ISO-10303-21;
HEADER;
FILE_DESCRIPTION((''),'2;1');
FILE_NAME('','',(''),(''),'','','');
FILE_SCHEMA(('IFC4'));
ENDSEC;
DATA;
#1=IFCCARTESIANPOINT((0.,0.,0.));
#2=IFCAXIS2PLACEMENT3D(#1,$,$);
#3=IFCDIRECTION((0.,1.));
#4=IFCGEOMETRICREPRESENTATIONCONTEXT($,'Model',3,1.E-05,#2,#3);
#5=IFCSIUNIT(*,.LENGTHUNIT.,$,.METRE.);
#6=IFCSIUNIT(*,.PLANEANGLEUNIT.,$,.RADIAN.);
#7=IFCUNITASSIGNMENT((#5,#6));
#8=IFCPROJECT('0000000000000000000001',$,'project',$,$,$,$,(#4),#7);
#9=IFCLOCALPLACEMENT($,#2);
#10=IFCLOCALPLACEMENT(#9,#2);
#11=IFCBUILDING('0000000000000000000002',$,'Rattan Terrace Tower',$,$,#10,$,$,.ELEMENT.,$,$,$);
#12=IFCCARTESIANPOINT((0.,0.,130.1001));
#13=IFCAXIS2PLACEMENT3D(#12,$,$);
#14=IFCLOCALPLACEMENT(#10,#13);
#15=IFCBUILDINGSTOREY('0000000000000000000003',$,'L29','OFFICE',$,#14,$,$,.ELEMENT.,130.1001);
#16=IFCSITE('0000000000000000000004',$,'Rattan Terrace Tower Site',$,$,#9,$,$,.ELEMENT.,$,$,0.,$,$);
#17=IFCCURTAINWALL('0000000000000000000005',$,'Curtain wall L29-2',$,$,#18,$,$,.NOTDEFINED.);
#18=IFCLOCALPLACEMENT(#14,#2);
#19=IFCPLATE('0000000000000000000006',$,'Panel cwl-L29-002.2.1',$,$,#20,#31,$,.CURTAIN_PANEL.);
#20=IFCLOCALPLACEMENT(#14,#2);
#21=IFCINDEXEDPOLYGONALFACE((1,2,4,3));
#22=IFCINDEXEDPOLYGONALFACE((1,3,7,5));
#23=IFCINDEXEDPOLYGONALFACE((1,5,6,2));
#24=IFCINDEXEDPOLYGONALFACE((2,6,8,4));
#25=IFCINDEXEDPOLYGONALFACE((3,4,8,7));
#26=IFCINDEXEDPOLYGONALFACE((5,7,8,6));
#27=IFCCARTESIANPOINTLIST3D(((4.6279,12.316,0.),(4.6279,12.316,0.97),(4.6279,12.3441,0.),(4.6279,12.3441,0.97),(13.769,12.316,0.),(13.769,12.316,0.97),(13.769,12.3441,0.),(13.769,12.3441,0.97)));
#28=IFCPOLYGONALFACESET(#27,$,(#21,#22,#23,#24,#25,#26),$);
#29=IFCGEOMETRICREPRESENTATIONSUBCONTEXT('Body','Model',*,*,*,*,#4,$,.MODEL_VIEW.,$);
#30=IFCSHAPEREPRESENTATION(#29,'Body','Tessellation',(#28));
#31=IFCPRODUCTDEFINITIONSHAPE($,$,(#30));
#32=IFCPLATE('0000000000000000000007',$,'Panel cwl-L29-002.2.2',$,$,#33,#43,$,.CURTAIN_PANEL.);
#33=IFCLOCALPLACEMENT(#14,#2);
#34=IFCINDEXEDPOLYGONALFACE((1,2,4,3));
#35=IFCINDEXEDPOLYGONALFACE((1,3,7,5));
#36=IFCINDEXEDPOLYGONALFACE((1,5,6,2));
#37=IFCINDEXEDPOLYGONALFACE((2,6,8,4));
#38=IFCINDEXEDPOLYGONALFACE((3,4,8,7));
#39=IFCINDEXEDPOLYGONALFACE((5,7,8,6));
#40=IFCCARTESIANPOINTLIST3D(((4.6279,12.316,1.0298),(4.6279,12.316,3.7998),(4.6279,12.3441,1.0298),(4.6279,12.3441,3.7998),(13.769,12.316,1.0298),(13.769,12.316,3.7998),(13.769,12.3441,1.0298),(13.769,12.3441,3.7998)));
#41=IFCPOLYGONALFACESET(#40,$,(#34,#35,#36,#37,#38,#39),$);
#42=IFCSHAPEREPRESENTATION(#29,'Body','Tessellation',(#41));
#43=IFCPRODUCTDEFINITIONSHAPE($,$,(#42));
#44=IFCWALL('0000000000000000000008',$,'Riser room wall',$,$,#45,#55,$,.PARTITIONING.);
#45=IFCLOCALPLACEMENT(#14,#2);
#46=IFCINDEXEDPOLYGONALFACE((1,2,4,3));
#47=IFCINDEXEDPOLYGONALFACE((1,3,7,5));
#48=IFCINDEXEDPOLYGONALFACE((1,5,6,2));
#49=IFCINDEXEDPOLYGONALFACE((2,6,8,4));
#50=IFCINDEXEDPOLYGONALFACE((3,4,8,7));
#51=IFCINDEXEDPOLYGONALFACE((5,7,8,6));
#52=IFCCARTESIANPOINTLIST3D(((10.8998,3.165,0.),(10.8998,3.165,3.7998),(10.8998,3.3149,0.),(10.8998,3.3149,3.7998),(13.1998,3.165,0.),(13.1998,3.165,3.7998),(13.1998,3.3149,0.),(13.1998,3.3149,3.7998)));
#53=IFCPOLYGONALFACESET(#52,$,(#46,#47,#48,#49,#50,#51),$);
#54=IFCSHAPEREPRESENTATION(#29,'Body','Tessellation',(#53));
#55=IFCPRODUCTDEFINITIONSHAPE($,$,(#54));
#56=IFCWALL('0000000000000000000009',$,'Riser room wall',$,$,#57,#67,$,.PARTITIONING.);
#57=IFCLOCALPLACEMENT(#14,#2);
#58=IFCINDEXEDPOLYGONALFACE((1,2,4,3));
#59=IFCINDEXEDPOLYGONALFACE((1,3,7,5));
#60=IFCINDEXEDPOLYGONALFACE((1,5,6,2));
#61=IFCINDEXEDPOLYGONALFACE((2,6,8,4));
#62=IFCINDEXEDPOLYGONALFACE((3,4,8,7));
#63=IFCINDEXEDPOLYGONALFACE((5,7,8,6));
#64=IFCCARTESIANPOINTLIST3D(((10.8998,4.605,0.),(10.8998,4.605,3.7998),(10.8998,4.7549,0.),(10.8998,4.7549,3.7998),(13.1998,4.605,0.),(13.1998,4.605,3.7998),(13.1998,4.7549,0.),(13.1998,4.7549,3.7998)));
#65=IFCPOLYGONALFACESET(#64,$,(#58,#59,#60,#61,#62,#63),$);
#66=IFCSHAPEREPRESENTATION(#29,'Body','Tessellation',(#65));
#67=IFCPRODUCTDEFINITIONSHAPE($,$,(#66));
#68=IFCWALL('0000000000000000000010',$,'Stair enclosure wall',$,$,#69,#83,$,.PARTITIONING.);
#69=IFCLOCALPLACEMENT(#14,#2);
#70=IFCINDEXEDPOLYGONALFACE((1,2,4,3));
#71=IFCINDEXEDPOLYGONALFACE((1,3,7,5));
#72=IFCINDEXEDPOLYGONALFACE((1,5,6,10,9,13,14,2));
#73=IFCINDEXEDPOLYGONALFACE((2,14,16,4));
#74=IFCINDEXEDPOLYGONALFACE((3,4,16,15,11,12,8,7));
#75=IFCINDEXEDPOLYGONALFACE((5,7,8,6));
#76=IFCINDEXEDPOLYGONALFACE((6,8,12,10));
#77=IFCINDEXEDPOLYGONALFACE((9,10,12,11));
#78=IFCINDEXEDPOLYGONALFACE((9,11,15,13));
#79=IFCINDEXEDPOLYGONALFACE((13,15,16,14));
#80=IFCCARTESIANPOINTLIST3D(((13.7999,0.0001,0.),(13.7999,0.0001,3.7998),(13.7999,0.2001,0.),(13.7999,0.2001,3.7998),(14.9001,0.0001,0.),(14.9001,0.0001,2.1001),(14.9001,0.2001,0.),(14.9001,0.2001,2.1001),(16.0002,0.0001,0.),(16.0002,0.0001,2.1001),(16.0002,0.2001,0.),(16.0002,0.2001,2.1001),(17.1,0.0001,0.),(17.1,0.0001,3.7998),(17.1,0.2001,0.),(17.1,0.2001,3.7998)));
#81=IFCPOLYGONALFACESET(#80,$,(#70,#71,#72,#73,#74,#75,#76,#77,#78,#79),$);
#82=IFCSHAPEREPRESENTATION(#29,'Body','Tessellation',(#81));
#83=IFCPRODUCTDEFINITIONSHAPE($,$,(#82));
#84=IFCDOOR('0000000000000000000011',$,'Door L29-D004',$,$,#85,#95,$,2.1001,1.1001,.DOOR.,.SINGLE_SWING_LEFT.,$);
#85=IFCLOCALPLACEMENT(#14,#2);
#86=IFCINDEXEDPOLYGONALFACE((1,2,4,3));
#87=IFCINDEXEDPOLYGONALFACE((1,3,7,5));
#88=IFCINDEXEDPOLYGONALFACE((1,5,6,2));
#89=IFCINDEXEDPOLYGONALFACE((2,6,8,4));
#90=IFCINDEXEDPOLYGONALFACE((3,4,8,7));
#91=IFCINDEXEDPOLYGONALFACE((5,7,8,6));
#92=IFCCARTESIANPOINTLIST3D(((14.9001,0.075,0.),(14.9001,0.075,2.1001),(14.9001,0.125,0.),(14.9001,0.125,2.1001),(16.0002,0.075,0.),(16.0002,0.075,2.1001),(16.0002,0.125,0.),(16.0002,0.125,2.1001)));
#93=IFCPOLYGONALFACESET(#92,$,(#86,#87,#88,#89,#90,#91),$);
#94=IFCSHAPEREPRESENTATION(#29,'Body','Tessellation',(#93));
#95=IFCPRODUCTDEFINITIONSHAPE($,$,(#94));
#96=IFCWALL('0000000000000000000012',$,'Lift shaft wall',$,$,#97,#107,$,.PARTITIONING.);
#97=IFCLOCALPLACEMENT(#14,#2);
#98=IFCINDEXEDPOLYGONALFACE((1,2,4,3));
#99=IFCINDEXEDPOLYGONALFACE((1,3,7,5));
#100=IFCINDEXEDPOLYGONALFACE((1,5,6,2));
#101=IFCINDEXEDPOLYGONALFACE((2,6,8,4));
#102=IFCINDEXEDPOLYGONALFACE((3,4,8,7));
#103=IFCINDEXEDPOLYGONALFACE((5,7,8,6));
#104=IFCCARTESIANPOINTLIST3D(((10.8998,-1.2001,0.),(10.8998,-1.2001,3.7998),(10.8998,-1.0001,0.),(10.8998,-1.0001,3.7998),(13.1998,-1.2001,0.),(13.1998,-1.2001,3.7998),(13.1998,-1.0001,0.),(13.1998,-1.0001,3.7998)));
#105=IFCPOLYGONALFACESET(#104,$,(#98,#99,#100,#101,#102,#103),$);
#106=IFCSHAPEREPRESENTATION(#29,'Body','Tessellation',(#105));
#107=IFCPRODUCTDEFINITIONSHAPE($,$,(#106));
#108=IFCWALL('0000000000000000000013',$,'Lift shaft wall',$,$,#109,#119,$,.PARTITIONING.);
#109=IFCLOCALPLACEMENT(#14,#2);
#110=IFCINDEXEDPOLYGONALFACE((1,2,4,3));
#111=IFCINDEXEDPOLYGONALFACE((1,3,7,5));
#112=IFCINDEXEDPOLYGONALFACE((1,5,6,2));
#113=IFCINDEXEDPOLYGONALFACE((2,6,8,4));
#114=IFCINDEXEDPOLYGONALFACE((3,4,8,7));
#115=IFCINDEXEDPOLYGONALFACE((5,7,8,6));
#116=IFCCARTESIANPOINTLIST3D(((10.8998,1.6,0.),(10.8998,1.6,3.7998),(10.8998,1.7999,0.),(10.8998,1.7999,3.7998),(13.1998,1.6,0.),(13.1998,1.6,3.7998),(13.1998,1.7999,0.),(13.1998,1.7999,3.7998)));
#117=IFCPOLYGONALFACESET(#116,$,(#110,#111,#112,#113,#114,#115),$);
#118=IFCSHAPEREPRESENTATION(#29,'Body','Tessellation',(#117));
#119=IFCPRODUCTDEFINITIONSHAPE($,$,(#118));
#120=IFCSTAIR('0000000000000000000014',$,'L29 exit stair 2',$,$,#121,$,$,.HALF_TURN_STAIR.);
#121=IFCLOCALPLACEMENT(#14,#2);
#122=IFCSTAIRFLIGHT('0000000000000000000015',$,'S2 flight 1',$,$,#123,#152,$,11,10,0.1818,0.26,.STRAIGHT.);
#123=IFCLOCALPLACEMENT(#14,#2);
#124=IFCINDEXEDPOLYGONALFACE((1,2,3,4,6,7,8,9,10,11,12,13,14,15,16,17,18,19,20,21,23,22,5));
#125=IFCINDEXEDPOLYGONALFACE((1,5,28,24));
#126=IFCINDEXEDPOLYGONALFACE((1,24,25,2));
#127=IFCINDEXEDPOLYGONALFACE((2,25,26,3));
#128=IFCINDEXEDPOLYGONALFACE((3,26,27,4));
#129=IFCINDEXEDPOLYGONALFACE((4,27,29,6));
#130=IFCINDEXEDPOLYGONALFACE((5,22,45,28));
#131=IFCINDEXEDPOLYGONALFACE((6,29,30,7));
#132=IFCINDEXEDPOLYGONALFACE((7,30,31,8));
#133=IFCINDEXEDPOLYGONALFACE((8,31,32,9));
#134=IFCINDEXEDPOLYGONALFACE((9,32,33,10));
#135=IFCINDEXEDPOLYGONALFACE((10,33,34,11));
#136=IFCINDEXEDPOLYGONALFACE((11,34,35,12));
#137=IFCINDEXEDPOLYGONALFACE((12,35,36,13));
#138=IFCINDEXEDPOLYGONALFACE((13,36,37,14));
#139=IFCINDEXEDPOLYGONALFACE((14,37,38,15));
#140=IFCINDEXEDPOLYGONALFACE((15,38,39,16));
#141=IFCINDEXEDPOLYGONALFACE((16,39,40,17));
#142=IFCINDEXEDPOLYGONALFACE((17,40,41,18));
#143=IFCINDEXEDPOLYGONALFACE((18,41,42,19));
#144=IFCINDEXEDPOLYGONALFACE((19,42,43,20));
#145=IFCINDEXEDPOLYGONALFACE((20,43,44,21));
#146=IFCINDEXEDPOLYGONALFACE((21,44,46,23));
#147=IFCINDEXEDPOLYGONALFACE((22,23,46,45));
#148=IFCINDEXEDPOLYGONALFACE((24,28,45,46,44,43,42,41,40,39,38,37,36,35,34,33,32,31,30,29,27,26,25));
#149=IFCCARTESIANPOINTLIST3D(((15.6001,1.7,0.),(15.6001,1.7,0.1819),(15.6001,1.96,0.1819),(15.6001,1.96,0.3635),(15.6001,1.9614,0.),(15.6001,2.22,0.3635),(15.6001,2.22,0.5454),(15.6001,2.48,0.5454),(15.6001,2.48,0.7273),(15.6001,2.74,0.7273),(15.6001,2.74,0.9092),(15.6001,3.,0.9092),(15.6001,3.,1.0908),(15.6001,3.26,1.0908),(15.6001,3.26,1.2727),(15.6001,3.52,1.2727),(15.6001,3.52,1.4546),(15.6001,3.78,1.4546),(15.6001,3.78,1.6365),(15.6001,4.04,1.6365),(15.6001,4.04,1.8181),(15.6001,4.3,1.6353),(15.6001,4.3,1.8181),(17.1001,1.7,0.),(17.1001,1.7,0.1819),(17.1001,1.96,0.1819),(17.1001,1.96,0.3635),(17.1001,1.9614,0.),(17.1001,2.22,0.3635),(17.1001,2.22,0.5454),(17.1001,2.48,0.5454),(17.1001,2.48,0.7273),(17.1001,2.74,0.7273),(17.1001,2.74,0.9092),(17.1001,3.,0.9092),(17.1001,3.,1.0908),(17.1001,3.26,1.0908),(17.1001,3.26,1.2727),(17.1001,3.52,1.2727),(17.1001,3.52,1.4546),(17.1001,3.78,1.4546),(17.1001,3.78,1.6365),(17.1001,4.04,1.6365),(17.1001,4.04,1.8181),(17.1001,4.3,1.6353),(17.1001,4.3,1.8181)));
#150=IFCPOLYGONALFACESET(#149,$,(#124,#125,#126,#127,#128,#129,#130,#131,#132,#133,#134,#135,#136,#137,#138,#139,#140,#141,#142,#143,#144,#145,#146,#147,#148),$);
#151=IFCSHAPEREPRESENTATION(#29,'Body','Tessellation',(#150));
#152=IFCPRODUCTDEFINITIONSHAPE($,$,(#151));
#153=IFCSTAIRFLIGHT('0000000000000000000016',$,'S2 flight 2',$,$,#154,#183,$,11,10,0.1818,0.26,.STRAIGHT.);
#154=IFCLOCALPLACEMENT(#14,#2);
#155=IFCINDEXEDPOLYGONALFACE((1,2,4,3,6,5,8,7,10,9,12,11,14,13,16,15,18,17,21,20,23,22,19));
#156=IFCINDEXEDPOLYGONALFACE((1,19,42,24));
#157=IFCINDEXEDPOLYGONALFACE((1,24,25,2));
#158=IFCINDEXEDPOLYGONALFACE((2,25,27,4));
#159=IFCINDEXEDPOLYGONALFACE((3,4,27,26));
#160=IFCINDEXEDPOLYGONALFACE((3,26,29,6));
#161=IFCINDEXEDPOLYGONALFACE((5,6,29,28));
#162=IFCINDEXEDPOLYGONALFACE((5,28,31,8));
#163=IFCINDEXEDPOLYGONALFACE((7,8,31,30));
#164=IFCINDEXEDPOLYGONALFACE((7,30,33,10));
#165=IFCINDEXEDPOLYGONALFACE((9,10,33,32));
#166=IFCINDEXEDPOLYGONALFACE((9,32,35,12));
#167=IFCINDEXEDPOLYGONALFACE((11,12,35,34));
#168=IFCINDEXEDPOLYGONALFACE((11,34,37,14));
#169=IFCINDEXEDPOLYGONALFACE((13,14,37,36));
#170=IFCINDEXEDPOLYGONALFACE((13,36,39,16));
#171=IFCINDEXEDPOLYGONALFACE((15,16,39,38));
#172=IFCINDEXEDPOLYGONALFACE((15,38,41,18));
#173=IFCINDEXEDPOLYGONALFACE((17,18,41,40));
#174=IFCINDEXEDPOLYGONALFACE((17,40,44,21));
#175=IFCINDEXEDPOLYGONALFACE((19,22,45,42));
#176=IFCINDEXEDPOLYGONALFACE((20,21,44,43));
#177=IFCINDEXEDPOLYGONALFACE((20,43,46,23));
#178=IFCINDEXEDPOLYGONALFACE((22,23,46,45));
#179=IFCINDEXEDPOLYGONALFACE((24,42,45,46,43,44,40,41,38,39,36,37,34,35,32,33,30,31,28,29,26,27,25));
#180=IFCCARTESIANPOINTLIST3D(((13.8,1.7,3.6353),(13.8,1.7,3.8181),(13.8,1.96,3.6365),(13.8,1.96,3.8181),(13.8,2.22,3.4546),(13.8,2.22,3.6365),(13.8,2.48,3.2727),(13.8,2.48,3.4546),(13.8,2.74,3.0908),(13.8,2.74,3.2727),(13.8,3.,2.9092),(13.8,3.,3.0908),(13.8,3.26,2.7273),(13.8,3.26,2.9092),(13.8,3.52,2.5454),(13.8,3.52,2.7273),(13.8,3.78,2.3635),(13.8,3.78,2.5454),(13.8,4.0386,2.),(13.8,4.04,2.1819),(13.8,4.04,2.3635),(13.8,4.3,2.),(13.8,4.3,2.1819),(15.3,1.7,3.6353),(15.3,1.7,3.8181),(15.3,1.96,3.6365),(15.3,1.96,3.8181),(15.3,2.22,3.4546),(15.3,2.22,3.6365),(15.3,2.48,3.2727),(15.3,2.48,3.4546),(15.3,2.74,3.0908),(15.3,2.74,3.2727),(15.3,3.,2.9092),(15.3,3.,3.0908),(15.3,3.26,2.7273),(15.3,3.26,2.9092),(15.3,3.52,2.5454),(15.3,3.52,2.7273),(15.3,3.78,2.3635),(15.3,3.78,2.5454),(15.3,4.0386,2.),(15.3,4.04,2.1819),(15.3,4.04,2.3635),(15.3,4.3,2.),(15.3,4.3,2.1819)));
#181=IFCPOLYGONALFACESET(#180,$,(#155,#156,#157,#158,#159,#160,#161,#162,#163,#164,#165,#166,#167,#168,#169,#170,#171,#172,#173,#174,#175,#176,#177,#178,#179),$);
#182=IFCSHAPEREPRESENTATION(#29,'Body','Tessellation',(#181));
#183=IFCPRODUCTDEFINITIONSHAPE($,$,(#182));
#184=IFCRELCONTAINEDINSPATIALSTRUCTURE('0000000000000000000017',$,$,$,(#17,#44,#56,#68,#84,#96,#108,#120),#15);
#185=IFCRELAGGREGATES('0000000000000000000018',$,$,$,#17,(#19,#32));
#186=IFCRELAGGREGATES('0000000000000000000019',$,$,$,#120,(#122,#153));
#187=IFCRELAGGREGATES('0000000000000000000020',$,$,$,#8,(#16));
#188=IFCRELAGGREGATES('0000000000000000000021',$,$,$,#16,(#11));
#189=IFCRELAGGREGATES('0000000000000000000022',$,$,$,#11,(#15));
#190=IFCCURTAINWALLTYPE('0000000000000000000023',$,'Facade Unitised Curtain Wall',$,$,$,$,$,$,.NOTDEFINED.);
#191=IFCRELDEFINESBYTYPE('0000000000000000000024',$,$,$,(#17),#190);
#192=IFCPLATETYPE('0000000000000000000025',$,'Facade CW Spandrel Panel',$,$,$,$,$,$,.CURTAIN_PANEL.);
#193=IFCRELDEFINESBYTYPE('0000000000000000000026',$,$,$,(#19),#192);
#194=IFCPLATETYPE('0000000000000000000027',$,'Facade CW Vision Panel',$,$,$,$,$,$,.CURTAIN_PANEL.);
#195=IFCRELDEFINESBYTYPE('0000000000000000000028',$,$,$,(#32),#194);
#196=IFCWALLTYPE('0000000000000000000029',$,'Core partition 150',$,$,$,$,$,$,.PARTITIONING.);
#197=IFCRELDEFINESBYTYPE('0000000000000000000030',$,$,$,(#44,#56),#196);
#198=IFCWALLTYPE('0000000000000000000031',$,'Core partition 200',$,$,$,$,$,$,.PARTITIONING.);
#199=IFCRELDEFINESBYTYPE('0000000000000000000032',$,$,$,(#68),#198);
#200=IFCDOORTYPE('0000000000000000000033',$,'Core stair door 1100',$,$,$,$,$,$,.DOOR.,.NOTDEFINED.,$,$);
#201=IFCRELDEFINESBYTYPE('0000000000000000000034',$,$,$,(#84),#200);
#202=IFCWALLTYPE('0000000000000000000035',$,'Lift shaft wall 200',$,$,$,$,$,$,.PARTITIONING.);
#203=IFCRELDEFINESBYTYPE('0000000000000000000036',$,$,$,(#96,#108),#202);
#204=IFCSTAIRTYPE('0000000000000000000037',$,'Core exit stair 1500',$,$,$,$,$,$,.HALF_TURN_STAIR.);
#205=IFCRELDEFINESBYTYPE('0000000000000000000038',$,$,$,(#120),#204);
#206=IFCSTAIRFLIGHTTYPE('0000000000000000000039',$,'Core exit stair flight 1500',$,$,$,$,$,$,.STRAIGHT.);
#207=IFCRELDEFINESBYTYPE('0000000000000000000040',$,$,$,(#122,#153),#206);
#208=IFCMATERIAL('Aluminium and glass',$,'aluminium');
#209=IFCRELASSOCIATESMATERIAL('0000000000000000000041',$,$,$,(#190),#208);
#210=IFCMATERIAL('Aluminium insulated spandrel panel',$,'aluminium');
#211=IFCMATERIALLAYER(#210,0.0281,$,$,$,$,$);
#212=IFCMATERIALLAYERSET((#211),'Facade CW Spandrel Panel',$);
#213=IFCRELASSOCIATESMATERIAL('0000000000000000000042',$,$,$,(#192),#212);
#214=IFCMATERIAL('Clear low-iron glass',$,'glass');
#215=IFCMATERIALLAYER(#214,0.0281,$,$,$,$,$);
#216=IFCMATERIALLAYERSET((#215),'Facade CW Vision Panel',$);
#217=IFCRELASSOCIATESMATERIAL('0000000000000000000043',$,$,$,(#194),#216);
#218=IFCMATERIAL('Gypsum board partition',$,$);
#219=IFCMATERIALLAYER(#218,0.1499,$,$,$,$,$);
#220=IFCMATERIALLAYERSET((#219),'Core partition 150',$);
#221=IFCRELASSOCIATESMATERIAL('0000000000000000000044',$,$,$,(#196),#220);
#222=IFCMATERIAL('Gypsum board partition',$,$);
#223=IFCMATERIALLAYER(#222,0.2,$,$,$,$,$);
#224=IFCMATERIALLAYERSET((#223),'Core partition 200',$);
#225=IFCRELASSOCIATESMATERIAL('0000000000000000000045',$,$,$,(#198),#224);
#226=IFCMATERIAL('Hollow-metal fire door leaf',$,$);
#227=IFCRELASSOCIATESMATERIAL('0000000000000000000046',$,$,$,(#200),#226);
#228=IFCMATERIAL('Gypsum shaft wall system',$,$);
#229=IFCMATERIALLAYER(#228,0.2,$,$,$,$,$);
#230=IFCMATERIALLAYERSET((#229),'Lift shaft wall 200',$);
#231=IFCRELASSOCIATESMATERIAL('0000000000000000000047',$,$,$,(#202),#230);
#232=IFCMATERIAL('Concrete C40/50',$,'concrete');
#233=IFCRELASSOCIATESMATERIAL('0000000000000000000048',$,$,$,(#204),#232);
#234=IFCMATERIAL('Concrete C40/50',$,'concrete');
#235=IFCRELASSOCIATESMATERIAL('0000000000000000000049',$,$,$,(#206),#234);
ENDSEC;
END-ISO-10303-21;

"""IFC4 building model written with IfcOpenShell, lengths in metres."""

from ifc_helpers import new_model, si_unit, direction, frame, frame_2d, origin, origin_2d, place, context, subcontext, project, spatial, polyline, rectangle, outline, extrude, material, layer, layer_set, type_object, element, fill, aggregate, save


model = new_model("IFC4")

# Units and contexts
model_context = context("Model", 3, precision=1e-05, world=origin(), true_north=direction((0.0, 1.0)))
body_context = subcontext(model_context, "Body", "Model", "MODEL_VIEW")
ifc_project = project(units=[si_unit("LENGTHUNIT", "METRE"), si_unit("PLANEANGLEUNIT", "RADIAN")], contexts=[model_context])

# Site, building, storey
site_placement = place(None, origin())
site = spatial("IfcSite", under=ifc_project, at=site_placement, Name="Rattan Terrace Tower Site", CompositionType="ELEMENT", RefElevation=0.0)
building_placement = place(site_placement, origin())
building = spatial("IfcBuilding", under=site, at=building_placement, Name="Rattan Terrace Tower", CompositionType="ELEMENT")
storey_placement = place(building_placement, frame((0.0, 0.0, 130.1001)))
storey = spatial("IfcBuildingStorey", under=building, at=storey_placement, Name="L29", Description="OFFICE", CompositionType="ELEMENT", Elevation=130.1001)

# Curtain wall
ifc_material_1 = material(Name="Aluminium and glass", Category="aluminium")
curtain_wall_type = type_object("IfcCurtainWallType", Name="Facade Unitised Curtain Wall", PredefinedType="NOTDEFINED", material=ifc_material_1)
curtain_wall_placement = place(storey_placement, origin())
curtain_wall = element("IfcCurtainWall", 1, at=curtain_wall_placement, inside=storey, type_object=curtain_wall_type, Name="Curtain wall L29-2", PredefinedType="NOTDEFINED")

# Plates
ifc_material_2 = material(Name="Aluminium insulated spandrel panel", Category="aluminium")
ifc_layer_1 = layer(ifc_material_2, 0.0281)
ifc_layer_set_1 = layer_set([ifc_layer_1], Name="Facade CW Spandrel Panel")
plate_type_1 = type_object("IfcPlateType", Name="Facade CW Spandrel Panel", PredefinedType="CURTAIN_PANEL", material=ifc_layer_set_1)
plate_1_placement = place(storey_placement, frame((9.1985, 12.3301, 0.0), z_axis=(0.0, 0.0, 1.0), x_axis=(-1.0, 0.0, 0.0)))
plate_1 = element("IfcPlate", 2, at=plate_1_placement, type_object=plate_type_1, Name="Panel cwl-L29-002.2.1", PredefinedType="CURTAIN_PANEL", context=body_context, shape_type="SweptSolid", body=[
    extrude(rectangle(XDim=9.1411, YDim=0.0281, at=origin_2d()), origin(), (0.0, 0.0, 1.0), 0.97),
])
ifc_material_3 = material(Name="Clear low-iron glass", Category="glass")
ifc_layer_2 = layer(ifc_material_3, 0.0281)
ifc_layer_set_2 = layer_set([ifc_layer_2], Name="Facade CW Vision Panel")
plate_type_2 = type_object("IfcPlateType", Name="Facade CW Vision Panel", PredefinedType="CURTAIN_PANEL", material=ifc_layer_set_2)
plate_2_placement = place(storey_placement, frame((9.1985, 12.3301, 1.0298), z_axis=(0.0, 0.0, 1.0), x_axis=(-1.0, 0.0, 0.0)))
plate_2 = element("IfcPlate", 3, at=plate_2_placement, type_object=plate_type_2, Name="Panel cwl-L29-002.2.2", PredefinedType="CURTAIN_PANEL", context=body_context, shape_type="SweptSolid", body=[
    extrude(rectangle(XDim=9.1411, YDim=0.0281, at=origin_2d()), origin(), (0.0, 0.0, 1.0), 2.77),
])
aggregate(curtain_wall, [plate_1, plate_2])

# Walls
ifc_material_4 = material(Name="Gypsum board partition")
ifc_layer_3 = layer(ifc_material_4, 0.1499)
ifc_layer_set_3 = layer_set([ifc_layer_3], Name="Core partition 150")
wall_type_1 = type_object("IfcWallType", Name="Core partition 150", PredefinedType="PARTITIONING", material=ifc_layer_set_3)
for number, where, z_axis, x_axis, name in (
    (4, (10.8999, 3.24, 0.0), (0.0, 0.0, 1.0), (1.0, 0.0, 0.0), "Riser room wall"),
    (5, (10.8999, 4.6799, 0.0), (0.0, 0.0, 1.0), (1.0, 0.0, 0.0), "Riser room wall"),
):
    element("IfcWall", number, at=place(storey_placement, frame(where, z_axis=z_axis, x_axis=x_axis)), inside=storey, type_object=wall_type_1, Name=name, PredefinedType="PARTITIONING", context=body_context, shape_type="SweptSolid", body=[
        extrude(rectangle(XDim=2.3, YDim=0.1499, at=frame_2d((1.1499, 0.0))), origin(), (0.0, 0.0, 1.0), 3.7998),
    ])

# Wall, opening, door
ifc_material_5 = material(Name="Gypsum board partition")
ifc_layer_4 = layer(ifc_material_5, 0.2)
ifc_layer_set_4 = layer_set([ifc_layer_4], Name="Core partition 200")
wall_type_2 = type_object("IfcWallType", Name="Core partition 200", PredefinedType="PARTITIONING", material=ifc_layer_set_4)
wall_placement = place(storey_placement, frame((13.8, 0.1001, 0.0), z_axis=(0.0, 0.0, 1.0), x_axis=(1.0, 0.0, 0.0)))
wall = element("IfcWall", 6, at=wall_placement, inside=storey, type_object=wall_type_2, Name="Stair enclosure wall", PredefinedType="PARTITIONING", context=body_context, shape_type="SweptSolid", body=[
    extrude(rectangle(XDim=3.3, YDim=0.2, at=frame_2d((1.6499, 0.0))), origin(), (0.0, 0.0, 1.0), 3.7998),
])
opening_placement = place(wall_placement, frame((1.1001, 0.0, 0.0)))
opening = element("IfcOpeningElement", 7, at=opening_placement, cuts=wall, PredefinedType="OPENING", context=body_context, shape_type="SweptSolid", body=[
    extrude(rectangle(XDim=1.1001, YDim=2.1001, at=frame_2d((0.55, 1.05))), frame((0.0, 0.1106, 0.0), z_axis=(0.0, -1.0, 0.0), x_axis=(1.0, 0.0, 0.0)), (0.0, 0.0, 1.0), 0.2209),
])
ifc_material_6 = material(Name="Hollow-metal fire door leaf")
door_type = type_object("IfcDoorType", Name="Core stair door 1100", OperationType="NOTDEFINED", PredefinedType="DOOR", material=ifc_material_6)
door_placement = place(opening_placement, origin())
door = element("IfcDoor", 8, at=door_placement, inside=storey, type_object=door_type, Name="Door L29-D004", OperationType="SINGLE_SWING_LEFT", OverallHeight=2.1001, OverallWidth=1.1001, PredefinedType="DOOR", context=body_context, shape_type="SweptSolid", body=[
    extrude(rectangle(XDim=1.1001, YDim=2.1001, at=frame_2d((0.55, 1.05))), frame((0.0, 0.0249, 0.0), z_axis=(0.0, -1.0, 0.0), x_axis=(1.0, 0.0, 0.0)), (0.0, 0.0, 1.0), 0.05),
])
fill(opening, door)

# Walls
ifc_material_7 = material(Name="Gypsum shaft wall system")
ifc_layer_5 = layer(ifc_material_7, 0.2)
ifc_layer_set_5 = layer_set([ifc_layer_5], Name="Lift shaft wall 200")
wall_type_3 = type_object("IfcWallType", Name="Lift shaft wall 200", PredefinedType="PARTITIONING", material=ifc_layer_set_5)
for number, where, z_axis, x_axis, name in (
    (9, (10.8999, -1.1001, 0.0), (0.0, 0.0, 1.0), (1.0, 0.0, 0.0), "Lift shaft wall"),
    (10, (10.8999, 1.7, 0.0), (0.0, 0.0, 1.0), (1.0, 0.0, 0.0), "Lift shaft wall"),
):
    element("IfcWall", number, at=place(storey_placement, frame(where, z_axis=z_axis, x_axis=x_axis)), inside=storey, type_object=wall_type_3, Name=name, PredefinedType="PARTITIONING", context=body_context, shape_type="SweptSolid", body=[
        extrude(rectangle(XDim=2.3, YDim=0.2, at=frame_2d((1.1499, 0.0))), origin(), (0.0, 0.0, 1.0), 3.7998),
    ])

# Stair, stair flights
ifc_material_8 = material(Name="Concrete C40/50", Category="concrete")
stair_type = type_object("IfcStairType", Name="Core exit stair 1500", PredefinedType="HALF_TURN_STAIR", material=ifc_material_8)
stair_placement = place(storey_placement, origin())
stair = element("IfcStair", 11, at=stair_placement, inside=storey, type_object=stair_type, Name="L29 exit stair 2", PredefinedType="HALF_TURN_STAIR")
ifc_material_9 = material(Name="Concrete C40/50", Category="concrete")
stair_flight_type = type_object("IfcStairFlightType", Name="Core exit stair flight 1500", PredefinedType="STRAIGHT", material=ifc_material_9)
stair_flight_1_placement = place(storey_placement, frame((16.3501, 1.7, 0.0), z_axis=(0.0, 0.0, 1.0), x_axis=(0.0, 1.0, 0.0)))
stair_flight_1 = element("IfcStairFlight", 12, at=stair_flight_1_placement, type_object=stair_flight_type, Name="S2 flight 1", NumberOfRisers=11, NumberOfTreads=10, PredefinedType="STRAIGHT", RiserHeight=0.1818, TreadLength=0.26, context=body_context, shape_type="SweptSolid", body=[
    extrude(outline(polyline([(0.0, 0.0), (0.0, 0.1819), (0.26, 0.1819), (0.26, 0.3635), (0.52, 0.3635), (0.52, 0.5454), (0.78, 0.5454), (0.78, 0.7273), (1.04, 0.7273), (1.04, 0.9092), (1.3, 0.9092), (1.3, 1.0908), (1.5601, 1.0908), (1.5601, 1.2727), (1.8201, 1.2727), (1.8201, 1.4546), (2.0801, 1.4546), (2.0801, 1.6365), (2.3401, 1.6365), (2.3401, 1.8181), (2.6001, 1.8181), (2.6001, 2.0), (2.6001, 1.6353), (0.2615, 0.0), (0.0, 0.0)])), frame((0.0, 0.75, 0.0), z_axis=(0.0, -1.0, 0.0), x_axis=(1.0, 0.0, 0.0)), (0.0, 0.0, 1.0), 1.5),
])
stair_flight_2_placement = place(storey_placement, frame((14.55, 4.3, 2.0), z_axis=(0.0, 0.0, 1.0), x_axis=(0.0, -1.0, 0.0)))
stair_flight_2 = element("IfcStairFlight", 13, at=stair_flight_2_placement, type_object=stair_flight_type, Name="S2 flight 2", NumberOfRisers=11, NumberOfTreads=10, PredefinedType="STRAIGHT", RiserHeight=0.1818, TreadLength=0.26, context=body_context, shape_type="SweptSolid", body=[
    extrude(outline(polyline([(0.0, 0.0), (0.0, 0.1819), (0.26, 0.1819), (0.26, 0.3635), (0.52, 0.3635), (0.52, 0.5454), (0.78, 0.5454), (0.78, 0.7273), (1.04, 0.7273), (1.04, 0.9092), (1.3, 0.9092), (1.3, 1.0908), (1.5601, 1.0908), (1.5601, 1.2727), (1.8201, 1.2727), (1.8201, 1.4546), (2.0801, 1.4546), (2.0801, 1.6365), (2.3401, 1.6365), (2.3401, 1.8181), (2.6001, 1.8181), (2.6001, 2.0), (2.6001, 1.6353), (0.2615, 0.0), (0.0, 0.0)])), frame((0.0, 0.75, 0.0), z_axis=(0.0, -1.0, 0.0), x_axis=(1.0, 0.0, 0.0)), (0.0, 0.0, 1.0), 1.5),
])
aggregate(stair, [stair_flight_1, stair_flight_2])

save(model, "model.ifc")
